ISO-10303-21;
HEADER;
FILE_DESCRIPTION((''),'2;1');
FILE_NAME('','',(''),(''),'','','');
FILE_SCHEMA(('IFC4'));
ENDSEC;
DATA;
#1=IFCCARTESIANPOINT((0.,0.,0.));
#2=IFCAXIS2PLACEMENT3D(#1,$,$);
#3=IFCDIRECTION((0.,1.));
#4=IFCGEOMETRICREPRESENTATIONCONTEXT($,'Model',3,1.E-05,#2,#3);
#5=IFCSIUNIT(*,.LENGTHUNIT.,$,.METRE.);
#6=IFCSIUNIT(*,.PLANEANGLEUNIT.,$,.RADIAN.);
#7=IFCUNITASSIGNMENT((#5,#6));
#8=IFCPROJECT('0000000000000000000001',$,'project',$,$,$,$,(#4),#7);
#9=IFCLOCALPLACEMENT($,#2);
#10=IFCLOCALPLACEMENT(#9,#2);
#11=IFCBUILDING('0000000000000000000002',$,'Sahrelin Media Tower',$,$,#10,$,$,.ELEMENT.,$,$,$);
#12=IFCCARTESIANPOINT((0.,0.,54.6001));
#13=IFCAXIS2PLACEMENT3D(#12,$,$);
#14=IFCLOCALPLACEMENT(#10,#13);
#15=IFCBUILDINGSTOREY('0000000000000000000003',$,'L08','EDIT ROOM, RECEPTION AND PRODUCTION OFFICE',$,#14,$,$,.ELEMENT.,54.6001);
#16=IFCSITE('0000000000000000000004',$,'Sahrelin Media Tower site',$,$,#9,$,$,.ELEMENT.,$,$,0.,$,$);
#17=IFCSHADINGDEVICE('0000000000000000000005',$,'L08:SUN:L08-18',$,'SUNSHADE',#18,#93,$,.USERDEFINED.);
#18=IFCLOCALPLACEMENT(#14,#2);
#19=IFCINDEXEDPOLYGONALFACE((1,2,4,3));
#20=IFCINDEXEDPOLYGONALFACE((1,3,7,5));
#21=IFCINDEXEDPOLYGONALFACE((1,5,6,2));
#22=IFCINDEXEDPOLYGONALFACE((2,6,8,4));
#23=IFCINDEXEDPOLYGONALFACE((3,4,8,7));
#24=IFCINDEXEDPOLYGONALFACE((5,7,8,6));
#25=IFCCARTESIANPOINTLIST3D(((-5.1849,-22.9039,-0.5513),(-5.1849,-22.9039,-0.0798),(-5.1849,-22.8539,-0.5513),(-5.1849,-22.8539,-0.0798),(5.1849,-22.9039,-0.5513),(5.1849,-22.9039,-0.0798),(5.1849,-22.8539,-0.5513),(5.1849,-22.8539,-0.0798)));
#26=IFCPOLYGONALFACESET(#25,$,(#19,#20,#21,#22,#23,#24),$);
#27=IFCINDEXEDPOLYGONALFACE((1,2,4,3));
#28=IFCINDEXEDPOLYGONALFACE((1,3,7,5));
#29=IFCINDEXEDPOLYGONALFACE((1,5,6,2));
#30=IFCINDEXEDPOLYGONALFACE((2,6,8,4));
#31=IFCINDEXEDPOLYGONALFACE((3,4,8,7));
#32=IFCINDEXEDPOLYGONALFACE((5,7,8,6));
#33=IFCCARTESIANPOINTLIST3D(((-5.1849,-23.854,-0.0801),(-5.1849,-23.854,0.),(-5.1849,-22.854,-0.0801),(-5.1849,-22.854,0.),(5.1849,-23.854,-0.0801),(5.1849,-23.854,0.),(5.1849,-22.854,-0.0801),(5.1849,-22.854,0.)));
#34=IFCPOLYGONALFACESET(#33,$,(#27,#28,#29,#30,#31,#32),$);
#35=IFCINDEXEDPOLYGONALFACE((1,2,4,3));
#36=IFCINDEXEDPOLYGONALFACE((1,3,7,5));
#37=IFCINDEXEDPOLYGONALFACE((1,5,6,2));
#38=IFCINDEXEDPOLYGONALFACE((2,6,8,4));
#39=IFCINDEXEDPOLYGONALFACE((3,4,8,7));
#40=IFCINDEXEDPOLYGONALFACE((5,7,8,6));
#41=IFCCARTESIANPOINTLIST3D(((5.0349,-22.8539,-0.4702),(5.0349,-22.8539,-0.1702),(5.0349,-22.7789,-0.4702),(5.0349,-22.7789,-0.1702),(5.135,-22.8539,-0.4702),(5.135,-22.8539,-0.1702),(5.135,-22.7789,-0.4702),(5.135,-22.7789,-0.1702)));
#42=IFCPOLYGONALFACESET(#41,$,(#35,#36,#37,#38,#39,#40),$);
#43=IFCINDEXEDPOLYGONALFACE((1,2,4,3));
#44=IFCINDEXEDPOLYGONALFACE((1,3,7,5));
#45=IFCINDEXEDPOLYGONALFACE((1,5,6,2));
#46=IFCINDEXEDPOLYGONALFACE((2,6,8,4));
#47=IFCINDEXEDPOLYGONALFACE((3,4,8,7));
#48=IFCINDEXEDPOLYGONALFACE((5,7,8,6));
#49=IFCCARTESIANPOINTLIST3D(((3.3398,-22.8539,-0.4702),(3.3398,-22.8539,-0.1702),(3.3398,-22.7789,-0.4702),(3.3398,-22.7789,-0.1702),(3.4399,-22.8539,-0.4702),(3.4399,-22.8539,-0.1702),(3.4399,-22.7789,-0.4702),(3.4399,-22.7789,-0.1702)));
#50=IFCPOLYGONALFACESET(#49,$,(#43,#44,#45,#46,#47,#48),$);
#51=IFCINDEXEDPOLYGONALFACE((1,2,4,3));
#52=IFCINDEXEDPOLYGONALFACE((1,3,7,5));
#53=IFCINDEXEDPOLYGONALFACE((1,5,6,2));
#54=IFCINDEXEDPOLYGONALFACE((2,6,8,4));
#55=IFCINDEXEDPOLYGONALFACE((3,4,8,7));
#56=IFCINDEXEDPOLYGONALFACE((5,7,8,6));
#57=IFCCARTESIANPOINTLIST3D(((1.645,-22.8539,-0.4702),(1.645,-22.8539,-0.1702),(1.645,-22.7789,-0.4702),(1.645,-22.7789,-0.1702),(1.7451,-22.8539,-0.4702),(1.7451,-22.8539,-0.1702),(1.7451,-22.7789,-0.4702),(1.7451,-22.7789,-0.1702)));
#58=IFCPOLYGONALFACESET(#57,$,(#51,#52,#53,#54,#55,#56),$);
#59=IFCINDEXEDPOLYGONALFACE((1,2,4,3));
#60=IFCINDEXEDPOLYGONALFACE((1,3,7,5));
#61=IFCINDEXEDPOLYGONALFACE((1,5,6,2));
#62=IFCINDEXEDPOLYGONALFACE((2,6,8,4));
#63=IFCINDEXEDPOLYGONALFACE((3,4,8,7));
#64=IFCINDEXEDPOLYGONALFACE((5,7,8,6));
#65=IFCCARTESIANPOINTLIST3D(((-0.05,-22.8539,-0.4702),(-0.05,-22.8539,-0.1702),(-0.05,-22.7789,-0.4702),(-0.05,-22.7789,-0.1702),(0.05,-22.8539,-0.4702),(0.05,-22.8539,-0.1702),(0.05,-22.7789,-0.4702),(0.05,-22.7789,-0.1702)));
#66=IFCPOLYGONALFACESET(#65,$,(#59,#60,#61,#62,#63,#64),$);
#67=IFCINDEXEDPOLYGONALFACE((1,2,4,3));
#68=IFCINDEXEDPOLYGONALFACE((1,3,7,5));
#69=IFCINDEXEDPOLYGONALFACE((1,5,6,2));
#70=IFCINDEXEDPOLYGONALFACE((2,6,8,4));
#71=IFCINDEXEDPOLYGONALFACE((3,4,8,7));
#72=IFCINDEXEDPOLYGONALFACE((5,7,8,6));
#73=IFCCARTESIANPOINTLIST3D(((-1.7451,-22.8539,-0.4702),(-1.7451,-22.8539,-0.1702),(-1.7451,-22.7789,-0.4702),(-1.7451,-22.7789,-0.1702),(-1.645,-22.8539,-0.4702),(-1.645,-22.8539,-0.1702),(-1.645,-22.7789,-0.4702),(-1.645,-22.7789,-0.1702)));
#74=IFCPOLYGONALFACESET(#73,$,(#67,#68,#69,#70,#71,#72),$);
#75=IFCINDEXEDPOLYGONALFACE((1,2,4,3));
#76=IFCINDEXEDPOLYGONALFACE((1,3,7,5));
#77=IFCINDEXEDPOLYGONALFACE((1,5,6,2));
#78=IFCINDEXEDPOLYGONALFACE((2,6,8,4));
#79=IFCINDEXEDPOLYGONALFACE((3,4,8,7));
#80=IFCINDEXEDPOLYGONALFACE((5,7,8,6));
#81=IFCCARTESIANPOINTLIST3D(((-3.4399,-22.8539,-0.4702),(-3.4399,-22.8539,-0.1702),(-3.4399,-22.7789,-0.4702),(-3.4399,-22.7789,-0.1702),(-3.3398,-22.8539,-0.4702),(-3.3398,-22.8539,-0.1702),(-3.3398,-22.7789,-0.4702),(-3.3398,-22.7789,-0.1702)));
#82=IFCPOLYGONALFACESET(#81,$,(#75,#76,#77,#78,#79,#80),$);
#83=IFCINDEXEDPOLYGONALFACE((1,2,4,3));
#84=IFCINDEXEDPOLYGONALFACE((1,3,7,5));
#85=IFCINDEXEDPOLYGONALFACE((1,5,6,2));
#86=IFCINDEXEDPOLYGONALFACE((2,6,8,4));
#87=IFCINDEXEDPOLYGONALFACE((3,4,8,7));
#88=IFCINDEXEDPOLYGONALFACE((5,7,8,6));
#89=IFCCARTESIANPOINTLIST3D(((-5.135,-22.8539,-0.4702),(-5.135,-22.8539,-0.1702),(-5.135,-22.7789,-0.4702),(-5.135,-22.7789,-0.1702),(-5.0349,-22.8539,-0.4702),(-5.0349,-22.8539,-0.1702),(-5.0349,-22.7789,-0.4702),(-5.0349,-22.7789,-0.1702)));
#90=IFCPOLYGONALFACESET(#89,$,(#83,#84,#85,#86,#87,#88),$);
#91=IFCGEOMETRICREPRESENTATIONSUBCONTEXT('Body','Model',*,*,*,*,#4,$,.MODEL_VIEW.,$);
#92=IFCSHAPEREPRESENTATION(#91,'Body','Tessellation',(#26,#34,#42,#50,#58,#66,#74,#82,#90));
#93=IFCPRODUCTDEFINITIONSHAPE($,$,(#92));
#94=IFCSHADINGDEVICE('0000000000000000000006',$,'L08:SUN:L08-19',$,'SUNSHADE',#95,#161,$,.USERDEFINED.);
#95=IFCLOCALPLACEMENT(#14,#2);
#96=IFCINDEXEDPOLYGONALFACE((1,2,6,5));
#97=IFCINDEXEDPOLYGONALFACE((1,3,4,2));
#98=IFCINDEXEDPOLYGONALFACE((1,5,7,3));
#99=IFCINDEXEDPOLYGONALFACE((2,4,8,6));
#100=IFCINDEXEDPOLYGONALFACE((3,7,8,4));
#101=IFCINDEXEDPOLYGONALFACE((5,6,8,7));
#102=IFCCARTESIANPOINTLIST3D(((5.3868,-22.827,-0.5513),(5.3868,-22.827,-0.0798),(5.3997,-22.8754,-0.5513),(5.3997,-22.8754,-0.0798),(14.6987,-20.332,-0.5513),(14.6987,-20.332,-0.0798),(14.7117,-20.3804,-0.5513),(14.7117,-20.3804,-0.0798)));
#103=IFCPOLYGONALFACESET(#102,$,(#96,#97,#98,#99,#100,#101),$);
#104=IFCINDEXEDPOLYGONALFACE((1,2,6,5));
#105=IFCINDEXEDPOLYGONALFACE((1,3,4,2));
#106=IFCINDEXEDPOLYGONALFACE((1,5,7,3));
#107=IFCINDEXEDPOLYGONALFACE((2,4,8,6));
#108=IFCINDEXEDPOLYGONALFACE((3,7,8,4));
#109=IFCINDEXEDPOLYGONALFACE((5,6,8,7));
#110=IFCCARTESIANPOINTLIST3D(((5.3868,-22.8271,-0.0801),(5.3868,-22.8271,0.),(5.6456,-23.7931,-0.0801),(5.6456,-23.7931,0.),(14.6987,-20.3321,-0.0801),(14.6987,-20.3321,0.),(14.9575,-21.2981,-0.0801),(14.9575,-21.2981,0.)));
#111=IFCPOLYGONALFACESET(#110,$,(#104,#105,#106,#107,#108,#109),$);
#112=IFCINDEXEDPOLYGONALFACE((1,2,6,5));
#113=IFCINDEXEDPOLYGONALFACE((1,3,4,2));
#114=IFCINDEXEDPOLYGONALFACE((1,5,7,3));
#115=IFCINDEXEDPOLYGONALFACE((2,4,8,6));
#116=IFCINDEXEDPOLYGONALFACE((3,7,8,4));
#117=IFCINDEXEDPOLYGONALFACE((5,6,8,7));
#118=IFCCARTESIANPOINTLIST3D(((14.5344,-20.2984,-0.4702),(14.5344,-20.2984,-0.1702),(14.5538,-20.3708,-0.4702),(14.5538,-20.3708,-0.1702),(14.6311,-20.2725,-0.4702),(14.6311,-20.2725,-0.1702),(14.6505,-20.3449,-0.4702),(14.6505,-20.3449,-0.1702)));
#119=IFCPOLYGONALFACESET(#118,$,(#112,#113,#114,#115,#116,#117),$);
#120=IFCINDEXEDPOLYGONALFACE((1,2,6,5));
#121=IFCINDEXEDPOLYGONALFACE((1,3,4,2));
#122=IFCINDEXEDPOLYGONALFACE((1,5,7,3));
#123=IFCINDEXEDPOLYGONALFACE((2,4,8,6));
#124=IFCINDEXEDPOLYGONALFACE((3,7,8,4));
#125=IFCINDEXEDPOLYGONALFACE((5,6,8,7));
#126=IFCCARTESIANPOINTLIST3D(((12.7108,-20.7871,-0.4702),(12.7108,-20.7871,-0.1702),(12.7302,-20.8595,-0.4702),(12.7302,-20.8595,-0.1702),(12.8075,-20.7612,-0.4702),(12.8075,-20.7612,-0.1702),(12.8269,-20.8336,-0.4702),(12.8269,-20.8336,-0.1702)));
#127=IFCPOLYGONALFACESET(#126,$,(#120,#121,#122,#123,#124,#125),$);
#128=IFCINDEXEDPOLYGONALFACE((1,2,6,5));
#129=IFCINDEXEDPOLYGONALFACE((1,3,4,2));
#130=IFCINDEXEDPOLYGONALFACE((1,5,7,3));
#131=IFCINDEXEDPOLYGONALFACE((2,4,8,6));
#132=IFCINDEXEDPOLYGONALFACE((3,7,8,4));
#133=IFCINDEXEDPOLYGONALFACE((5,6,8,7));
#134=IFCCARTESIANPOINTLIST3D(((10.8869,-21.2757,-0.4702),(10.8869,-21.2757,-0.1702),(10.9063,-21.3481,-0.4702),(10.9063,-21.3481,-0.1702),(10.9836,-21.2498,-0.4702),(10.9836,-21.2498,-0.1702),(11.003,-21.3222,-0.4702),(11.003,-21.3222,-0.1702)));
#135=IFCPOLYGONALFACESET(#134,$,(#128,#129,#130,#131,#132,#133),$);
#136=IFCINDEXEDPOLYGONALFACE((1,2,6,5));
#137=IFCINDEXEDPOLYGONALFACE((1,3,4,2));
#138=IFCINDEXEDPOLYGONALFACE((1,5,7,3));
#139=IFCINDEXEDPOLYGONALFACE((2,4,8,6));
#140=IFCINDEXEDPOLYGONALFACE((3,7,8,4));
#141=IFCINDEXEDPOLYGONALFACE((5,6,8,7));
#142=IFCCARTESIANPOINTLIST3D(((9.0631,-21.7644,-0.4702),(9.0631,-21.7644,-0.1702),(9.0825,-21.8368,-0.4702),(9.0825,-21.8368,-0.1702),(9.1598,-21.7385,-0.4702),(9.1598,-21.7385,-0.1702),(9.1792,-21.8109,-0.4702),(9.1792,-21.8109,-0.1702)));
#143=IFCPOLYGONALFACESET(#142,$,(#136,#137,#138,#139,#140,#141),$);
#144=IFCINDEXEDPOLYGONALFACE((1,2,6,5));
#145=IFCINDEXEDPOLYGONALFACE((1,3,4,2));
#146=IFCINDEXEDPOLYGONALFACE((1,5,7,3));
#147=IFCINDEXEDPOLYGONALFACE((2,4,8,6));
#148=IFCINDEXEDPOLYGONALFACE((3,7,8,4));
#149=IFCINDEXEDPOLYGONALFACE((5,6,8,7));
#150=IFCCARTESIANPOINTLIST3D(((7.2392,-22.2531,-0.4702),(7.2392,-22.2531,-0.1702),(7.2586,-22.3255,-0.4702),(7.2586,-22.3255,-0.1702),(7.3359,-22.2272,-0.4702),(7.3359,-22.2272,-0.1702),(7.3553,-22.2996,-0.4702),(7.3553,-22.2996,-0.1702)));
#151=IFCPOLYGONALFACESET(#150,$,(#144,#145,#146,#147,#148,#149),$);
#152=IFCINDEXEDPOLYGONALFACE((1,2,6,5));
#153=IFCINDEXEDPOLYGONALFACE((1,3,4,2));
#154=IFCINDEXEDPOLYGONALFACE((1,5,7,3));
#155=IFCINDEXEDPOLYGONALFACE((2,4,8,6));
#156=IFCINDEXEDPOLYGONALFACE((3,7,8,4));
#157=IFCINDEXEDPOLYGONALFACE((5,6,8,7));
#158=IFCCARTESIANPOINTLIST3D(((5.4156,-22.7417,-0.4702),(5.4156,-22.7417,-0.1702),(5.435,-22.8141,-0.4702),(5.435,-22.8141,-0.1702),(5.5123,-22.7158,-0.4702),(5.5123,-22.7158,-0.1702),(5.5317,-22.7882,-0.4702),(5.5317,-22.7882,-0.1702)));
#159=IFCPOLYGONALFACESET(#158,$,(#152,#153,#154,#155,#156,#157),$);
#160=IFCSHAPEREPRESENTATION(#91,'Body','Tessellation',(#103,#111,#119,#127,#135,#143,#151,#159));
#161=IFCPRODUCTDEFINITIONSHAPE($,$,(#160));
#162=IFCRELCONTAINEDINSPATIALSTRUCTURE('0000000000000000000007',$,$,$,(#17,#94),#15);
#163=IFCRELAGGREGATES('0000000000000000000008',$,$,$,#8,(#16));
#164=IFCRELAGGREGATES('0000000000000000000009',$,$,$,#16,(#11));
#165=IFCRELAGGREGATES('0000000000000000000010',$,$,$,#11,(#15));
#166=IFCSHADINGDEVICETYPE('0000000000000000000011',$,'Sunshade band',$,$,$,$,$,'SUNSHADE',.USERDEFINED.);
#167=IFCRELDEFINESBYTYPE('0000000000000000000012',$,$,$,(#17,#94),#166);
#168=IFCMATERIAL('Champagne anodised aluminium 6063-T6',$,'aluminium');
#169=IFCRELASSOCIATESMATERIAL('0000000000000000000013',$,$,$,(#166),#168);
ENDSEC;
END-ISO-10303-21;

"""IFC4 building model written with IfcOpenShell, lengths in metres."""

from ifc_helpers import new_model, si_unit, direction, frame, origin, origin_2d, place, context, subcontext, project, spatial, rectangle, extrude, material, type_object, element, save


model = new_model("IFC4")

# Units and contexts
model_context = context("Model", 3, precision=1e-05, world=origin(), true_north=direction((0.0, 1.0)))
body_context = subcontext(model_context, "Body", "Model", "MODEL_VIEW")
ifc_project = project(units=[si_unit("LENGTHUNIT", "METRE"), si_unit("PLANEANGLEUNIT", "RADIAN")], contexts=[model_context])

# Site, building, storey
site_placement = place(None, origin())
site = spatial("IfcSite", under=ifc_project, at=site_placement, Name="Sahrelin Media Tower site", CompositionType="ELEMENT", RefElevation=0.0)
building_placement = place(site_placement, origin())
building = spatial("IfcBuilding", under=site, at=building_placement, Name="Sahrelin Media Tower", CompositionType="ELEMENT")
storey_placement = place(building_placement, frame((0.0, 0.0, 54.6001)))
storey = spatial("IfcBuildingStorey", under=building, at=storey_placement, Name="L08", Description="EDIT ROOM, RECEPTION AND PRODUCTION OFFICE", CompositionType="ELEMENT", Elevation=54.6001)

# Shared definitions
ifc_material_1 = material(Name="Champagne anodised aluminium 6063-T6", Category="aluminium")

# Shading devices
placement_1 = place(storey_placement, frame((0.0, -22.834, 0.0), z_axis=(0.0, 0.0, 1.0), x_axis=(-1.0, 0.0, 0.0)))
placement_2 = place(storey_placement, frame((10.0376, -21.5603, 0.0), z_axis=(0.0, 0.0, 1.0), x_axis=(-0.965929, -0.258808, 0.0)))
shading_device_type_1 = type_object("IfcShadingDeviceType", Name="Sunshade band", ElementType="SUNSHADE", PredefinedType="USERDEFINED", material=ifc_material_1)
element("IfcShadingDevice", 1, at=placement_1, inside=storey, type_object=shading_device_type_1, Name="L08:SUN:L08-18", ObjectType="SUNSHADE", PredefinedType="USERDEFINED", context=body_context, shape_type="SweptSolid", body=[
    extrude(rectangle(XDim=10.3699, YDim=0.05, at=origin_2d()), frame((0.0, 0.0449, -0.5513)), (0.0, 0.0, 1.0), 0.4714),
    extrude(rectangle(XDim=10.3699, YDim=1.0, at=origin_2d()), frame((0.0, 0.52, -0.0801)), (0.0, 0.0, 1.0), 0.0801),
    extrude(rectangle(XDim=0.1001, YDim=0.075, at=origin_2d()), frame((-5.085, -0.0176, -0.4702)), (0.0, 0.0, 1.0), 0.3),
    extrude(rectangle(XDim=0.1001, YDim=0.075, at=origin_2d()), frame((-3.3899, -0.0176, -0.4702)), (0.0, 0.0, 1.0), 0.3),
    extrude(rectangle(XDim=0.1001, YDim=0.075, at=origin_2d()), frame((-1.6951, -0.0176, -0.4702)), (0.0, 0.0, 1.0), 0.3),
    extrude(rectangle(XDim=0.1001, YDim=0.075, at=origin_2d()), frame((0.0, -0.0176, -0.4702)), (0.0, 0.0, 1.0), 0.3),
    extrude(rectangle(XDim=0.1001, YDim=0.075, at=origin_2d()), frame((1.6951, -0.0176, -0.4702)), (0.0, 0.0, 1.0), 0.3),
    extrude(rectangle(XDim=0.1001, YDim=0.075, at=origin_2d()), frame((3.3899, -0.0176, -0.4702)), (0.0, 0.0, 1.0), 0.3),
    extrude(rectangle(XDim=0.1001, YDim=0.075, at=origin_2d()), frame((5.085, -0.0176, -0.4702)), (0.0, 0.0, 1.0), 0.3),
])
element("IfcShadingDevice", 2, at=placement_2, inside=storey, type_object=shading_device_type_1, Name="L08:SUN:L08-19", ObjectType="SUNSHADE", PredefinedType="USERDEFINED", context=body_context, shape_type="SweptSolid", body=[
    extrude(rectangle(XDim=9.6404, YDim=0.05, at=origin_2d()), frame((0.0, 0.0449, -0.5513)), (0.0, 0.0, 1.0), 0.4714),
    extrude(rectangle(XDim=9.6404, YDim=1.0, at=origin_2d()), frame((0.0, 0.52, -0.0801)), (0.0, 0.0, 1.0), 0.0801),
    extrude(rectangle(XDim=0.1001, YDim=0.075, at=origin_2d()), frame((-4.7202, -0.0176, -0.4702)), (0.0, 0.0, 1.0), 0.3),
    extrude(rectangle(XDim=0.1001, YDim=0.075, at=origin_2d()), frame((-2.8323, -0.0176, -0.4702)), (0.0, 0.0, 1.0), 0.3),
    extrude(rectangle(XDim=0.1001, YDim=0.075, at=origin_2d()), frame((-0.9441, -0.0176, -0.4702)), (0.0, 0.0, 1.0), 0.3),
    extrude(rectangle(XDim=0.1001, YDim=0.075, at=origin_2d()), frame((0.9441, -0.0176, -0.4702)), (0.0, 0.0, 1.0), 0.3),
    extrude(rectangle(XDim=0.1001, YDim=0.075, at=origin_2d()), frame((2.8323, -0.0176, -0.4702)), (0.0, 0.0, 1.0), 0.3),
    extrude(rectangle(XDim=0.1001, YDim=0.075, at=origin_2d()), frame((4.7202, -0.0176, -0.4702)), (0.0, 0.0, 1.0), 0.3),
])

save(model, "model.ifc")
